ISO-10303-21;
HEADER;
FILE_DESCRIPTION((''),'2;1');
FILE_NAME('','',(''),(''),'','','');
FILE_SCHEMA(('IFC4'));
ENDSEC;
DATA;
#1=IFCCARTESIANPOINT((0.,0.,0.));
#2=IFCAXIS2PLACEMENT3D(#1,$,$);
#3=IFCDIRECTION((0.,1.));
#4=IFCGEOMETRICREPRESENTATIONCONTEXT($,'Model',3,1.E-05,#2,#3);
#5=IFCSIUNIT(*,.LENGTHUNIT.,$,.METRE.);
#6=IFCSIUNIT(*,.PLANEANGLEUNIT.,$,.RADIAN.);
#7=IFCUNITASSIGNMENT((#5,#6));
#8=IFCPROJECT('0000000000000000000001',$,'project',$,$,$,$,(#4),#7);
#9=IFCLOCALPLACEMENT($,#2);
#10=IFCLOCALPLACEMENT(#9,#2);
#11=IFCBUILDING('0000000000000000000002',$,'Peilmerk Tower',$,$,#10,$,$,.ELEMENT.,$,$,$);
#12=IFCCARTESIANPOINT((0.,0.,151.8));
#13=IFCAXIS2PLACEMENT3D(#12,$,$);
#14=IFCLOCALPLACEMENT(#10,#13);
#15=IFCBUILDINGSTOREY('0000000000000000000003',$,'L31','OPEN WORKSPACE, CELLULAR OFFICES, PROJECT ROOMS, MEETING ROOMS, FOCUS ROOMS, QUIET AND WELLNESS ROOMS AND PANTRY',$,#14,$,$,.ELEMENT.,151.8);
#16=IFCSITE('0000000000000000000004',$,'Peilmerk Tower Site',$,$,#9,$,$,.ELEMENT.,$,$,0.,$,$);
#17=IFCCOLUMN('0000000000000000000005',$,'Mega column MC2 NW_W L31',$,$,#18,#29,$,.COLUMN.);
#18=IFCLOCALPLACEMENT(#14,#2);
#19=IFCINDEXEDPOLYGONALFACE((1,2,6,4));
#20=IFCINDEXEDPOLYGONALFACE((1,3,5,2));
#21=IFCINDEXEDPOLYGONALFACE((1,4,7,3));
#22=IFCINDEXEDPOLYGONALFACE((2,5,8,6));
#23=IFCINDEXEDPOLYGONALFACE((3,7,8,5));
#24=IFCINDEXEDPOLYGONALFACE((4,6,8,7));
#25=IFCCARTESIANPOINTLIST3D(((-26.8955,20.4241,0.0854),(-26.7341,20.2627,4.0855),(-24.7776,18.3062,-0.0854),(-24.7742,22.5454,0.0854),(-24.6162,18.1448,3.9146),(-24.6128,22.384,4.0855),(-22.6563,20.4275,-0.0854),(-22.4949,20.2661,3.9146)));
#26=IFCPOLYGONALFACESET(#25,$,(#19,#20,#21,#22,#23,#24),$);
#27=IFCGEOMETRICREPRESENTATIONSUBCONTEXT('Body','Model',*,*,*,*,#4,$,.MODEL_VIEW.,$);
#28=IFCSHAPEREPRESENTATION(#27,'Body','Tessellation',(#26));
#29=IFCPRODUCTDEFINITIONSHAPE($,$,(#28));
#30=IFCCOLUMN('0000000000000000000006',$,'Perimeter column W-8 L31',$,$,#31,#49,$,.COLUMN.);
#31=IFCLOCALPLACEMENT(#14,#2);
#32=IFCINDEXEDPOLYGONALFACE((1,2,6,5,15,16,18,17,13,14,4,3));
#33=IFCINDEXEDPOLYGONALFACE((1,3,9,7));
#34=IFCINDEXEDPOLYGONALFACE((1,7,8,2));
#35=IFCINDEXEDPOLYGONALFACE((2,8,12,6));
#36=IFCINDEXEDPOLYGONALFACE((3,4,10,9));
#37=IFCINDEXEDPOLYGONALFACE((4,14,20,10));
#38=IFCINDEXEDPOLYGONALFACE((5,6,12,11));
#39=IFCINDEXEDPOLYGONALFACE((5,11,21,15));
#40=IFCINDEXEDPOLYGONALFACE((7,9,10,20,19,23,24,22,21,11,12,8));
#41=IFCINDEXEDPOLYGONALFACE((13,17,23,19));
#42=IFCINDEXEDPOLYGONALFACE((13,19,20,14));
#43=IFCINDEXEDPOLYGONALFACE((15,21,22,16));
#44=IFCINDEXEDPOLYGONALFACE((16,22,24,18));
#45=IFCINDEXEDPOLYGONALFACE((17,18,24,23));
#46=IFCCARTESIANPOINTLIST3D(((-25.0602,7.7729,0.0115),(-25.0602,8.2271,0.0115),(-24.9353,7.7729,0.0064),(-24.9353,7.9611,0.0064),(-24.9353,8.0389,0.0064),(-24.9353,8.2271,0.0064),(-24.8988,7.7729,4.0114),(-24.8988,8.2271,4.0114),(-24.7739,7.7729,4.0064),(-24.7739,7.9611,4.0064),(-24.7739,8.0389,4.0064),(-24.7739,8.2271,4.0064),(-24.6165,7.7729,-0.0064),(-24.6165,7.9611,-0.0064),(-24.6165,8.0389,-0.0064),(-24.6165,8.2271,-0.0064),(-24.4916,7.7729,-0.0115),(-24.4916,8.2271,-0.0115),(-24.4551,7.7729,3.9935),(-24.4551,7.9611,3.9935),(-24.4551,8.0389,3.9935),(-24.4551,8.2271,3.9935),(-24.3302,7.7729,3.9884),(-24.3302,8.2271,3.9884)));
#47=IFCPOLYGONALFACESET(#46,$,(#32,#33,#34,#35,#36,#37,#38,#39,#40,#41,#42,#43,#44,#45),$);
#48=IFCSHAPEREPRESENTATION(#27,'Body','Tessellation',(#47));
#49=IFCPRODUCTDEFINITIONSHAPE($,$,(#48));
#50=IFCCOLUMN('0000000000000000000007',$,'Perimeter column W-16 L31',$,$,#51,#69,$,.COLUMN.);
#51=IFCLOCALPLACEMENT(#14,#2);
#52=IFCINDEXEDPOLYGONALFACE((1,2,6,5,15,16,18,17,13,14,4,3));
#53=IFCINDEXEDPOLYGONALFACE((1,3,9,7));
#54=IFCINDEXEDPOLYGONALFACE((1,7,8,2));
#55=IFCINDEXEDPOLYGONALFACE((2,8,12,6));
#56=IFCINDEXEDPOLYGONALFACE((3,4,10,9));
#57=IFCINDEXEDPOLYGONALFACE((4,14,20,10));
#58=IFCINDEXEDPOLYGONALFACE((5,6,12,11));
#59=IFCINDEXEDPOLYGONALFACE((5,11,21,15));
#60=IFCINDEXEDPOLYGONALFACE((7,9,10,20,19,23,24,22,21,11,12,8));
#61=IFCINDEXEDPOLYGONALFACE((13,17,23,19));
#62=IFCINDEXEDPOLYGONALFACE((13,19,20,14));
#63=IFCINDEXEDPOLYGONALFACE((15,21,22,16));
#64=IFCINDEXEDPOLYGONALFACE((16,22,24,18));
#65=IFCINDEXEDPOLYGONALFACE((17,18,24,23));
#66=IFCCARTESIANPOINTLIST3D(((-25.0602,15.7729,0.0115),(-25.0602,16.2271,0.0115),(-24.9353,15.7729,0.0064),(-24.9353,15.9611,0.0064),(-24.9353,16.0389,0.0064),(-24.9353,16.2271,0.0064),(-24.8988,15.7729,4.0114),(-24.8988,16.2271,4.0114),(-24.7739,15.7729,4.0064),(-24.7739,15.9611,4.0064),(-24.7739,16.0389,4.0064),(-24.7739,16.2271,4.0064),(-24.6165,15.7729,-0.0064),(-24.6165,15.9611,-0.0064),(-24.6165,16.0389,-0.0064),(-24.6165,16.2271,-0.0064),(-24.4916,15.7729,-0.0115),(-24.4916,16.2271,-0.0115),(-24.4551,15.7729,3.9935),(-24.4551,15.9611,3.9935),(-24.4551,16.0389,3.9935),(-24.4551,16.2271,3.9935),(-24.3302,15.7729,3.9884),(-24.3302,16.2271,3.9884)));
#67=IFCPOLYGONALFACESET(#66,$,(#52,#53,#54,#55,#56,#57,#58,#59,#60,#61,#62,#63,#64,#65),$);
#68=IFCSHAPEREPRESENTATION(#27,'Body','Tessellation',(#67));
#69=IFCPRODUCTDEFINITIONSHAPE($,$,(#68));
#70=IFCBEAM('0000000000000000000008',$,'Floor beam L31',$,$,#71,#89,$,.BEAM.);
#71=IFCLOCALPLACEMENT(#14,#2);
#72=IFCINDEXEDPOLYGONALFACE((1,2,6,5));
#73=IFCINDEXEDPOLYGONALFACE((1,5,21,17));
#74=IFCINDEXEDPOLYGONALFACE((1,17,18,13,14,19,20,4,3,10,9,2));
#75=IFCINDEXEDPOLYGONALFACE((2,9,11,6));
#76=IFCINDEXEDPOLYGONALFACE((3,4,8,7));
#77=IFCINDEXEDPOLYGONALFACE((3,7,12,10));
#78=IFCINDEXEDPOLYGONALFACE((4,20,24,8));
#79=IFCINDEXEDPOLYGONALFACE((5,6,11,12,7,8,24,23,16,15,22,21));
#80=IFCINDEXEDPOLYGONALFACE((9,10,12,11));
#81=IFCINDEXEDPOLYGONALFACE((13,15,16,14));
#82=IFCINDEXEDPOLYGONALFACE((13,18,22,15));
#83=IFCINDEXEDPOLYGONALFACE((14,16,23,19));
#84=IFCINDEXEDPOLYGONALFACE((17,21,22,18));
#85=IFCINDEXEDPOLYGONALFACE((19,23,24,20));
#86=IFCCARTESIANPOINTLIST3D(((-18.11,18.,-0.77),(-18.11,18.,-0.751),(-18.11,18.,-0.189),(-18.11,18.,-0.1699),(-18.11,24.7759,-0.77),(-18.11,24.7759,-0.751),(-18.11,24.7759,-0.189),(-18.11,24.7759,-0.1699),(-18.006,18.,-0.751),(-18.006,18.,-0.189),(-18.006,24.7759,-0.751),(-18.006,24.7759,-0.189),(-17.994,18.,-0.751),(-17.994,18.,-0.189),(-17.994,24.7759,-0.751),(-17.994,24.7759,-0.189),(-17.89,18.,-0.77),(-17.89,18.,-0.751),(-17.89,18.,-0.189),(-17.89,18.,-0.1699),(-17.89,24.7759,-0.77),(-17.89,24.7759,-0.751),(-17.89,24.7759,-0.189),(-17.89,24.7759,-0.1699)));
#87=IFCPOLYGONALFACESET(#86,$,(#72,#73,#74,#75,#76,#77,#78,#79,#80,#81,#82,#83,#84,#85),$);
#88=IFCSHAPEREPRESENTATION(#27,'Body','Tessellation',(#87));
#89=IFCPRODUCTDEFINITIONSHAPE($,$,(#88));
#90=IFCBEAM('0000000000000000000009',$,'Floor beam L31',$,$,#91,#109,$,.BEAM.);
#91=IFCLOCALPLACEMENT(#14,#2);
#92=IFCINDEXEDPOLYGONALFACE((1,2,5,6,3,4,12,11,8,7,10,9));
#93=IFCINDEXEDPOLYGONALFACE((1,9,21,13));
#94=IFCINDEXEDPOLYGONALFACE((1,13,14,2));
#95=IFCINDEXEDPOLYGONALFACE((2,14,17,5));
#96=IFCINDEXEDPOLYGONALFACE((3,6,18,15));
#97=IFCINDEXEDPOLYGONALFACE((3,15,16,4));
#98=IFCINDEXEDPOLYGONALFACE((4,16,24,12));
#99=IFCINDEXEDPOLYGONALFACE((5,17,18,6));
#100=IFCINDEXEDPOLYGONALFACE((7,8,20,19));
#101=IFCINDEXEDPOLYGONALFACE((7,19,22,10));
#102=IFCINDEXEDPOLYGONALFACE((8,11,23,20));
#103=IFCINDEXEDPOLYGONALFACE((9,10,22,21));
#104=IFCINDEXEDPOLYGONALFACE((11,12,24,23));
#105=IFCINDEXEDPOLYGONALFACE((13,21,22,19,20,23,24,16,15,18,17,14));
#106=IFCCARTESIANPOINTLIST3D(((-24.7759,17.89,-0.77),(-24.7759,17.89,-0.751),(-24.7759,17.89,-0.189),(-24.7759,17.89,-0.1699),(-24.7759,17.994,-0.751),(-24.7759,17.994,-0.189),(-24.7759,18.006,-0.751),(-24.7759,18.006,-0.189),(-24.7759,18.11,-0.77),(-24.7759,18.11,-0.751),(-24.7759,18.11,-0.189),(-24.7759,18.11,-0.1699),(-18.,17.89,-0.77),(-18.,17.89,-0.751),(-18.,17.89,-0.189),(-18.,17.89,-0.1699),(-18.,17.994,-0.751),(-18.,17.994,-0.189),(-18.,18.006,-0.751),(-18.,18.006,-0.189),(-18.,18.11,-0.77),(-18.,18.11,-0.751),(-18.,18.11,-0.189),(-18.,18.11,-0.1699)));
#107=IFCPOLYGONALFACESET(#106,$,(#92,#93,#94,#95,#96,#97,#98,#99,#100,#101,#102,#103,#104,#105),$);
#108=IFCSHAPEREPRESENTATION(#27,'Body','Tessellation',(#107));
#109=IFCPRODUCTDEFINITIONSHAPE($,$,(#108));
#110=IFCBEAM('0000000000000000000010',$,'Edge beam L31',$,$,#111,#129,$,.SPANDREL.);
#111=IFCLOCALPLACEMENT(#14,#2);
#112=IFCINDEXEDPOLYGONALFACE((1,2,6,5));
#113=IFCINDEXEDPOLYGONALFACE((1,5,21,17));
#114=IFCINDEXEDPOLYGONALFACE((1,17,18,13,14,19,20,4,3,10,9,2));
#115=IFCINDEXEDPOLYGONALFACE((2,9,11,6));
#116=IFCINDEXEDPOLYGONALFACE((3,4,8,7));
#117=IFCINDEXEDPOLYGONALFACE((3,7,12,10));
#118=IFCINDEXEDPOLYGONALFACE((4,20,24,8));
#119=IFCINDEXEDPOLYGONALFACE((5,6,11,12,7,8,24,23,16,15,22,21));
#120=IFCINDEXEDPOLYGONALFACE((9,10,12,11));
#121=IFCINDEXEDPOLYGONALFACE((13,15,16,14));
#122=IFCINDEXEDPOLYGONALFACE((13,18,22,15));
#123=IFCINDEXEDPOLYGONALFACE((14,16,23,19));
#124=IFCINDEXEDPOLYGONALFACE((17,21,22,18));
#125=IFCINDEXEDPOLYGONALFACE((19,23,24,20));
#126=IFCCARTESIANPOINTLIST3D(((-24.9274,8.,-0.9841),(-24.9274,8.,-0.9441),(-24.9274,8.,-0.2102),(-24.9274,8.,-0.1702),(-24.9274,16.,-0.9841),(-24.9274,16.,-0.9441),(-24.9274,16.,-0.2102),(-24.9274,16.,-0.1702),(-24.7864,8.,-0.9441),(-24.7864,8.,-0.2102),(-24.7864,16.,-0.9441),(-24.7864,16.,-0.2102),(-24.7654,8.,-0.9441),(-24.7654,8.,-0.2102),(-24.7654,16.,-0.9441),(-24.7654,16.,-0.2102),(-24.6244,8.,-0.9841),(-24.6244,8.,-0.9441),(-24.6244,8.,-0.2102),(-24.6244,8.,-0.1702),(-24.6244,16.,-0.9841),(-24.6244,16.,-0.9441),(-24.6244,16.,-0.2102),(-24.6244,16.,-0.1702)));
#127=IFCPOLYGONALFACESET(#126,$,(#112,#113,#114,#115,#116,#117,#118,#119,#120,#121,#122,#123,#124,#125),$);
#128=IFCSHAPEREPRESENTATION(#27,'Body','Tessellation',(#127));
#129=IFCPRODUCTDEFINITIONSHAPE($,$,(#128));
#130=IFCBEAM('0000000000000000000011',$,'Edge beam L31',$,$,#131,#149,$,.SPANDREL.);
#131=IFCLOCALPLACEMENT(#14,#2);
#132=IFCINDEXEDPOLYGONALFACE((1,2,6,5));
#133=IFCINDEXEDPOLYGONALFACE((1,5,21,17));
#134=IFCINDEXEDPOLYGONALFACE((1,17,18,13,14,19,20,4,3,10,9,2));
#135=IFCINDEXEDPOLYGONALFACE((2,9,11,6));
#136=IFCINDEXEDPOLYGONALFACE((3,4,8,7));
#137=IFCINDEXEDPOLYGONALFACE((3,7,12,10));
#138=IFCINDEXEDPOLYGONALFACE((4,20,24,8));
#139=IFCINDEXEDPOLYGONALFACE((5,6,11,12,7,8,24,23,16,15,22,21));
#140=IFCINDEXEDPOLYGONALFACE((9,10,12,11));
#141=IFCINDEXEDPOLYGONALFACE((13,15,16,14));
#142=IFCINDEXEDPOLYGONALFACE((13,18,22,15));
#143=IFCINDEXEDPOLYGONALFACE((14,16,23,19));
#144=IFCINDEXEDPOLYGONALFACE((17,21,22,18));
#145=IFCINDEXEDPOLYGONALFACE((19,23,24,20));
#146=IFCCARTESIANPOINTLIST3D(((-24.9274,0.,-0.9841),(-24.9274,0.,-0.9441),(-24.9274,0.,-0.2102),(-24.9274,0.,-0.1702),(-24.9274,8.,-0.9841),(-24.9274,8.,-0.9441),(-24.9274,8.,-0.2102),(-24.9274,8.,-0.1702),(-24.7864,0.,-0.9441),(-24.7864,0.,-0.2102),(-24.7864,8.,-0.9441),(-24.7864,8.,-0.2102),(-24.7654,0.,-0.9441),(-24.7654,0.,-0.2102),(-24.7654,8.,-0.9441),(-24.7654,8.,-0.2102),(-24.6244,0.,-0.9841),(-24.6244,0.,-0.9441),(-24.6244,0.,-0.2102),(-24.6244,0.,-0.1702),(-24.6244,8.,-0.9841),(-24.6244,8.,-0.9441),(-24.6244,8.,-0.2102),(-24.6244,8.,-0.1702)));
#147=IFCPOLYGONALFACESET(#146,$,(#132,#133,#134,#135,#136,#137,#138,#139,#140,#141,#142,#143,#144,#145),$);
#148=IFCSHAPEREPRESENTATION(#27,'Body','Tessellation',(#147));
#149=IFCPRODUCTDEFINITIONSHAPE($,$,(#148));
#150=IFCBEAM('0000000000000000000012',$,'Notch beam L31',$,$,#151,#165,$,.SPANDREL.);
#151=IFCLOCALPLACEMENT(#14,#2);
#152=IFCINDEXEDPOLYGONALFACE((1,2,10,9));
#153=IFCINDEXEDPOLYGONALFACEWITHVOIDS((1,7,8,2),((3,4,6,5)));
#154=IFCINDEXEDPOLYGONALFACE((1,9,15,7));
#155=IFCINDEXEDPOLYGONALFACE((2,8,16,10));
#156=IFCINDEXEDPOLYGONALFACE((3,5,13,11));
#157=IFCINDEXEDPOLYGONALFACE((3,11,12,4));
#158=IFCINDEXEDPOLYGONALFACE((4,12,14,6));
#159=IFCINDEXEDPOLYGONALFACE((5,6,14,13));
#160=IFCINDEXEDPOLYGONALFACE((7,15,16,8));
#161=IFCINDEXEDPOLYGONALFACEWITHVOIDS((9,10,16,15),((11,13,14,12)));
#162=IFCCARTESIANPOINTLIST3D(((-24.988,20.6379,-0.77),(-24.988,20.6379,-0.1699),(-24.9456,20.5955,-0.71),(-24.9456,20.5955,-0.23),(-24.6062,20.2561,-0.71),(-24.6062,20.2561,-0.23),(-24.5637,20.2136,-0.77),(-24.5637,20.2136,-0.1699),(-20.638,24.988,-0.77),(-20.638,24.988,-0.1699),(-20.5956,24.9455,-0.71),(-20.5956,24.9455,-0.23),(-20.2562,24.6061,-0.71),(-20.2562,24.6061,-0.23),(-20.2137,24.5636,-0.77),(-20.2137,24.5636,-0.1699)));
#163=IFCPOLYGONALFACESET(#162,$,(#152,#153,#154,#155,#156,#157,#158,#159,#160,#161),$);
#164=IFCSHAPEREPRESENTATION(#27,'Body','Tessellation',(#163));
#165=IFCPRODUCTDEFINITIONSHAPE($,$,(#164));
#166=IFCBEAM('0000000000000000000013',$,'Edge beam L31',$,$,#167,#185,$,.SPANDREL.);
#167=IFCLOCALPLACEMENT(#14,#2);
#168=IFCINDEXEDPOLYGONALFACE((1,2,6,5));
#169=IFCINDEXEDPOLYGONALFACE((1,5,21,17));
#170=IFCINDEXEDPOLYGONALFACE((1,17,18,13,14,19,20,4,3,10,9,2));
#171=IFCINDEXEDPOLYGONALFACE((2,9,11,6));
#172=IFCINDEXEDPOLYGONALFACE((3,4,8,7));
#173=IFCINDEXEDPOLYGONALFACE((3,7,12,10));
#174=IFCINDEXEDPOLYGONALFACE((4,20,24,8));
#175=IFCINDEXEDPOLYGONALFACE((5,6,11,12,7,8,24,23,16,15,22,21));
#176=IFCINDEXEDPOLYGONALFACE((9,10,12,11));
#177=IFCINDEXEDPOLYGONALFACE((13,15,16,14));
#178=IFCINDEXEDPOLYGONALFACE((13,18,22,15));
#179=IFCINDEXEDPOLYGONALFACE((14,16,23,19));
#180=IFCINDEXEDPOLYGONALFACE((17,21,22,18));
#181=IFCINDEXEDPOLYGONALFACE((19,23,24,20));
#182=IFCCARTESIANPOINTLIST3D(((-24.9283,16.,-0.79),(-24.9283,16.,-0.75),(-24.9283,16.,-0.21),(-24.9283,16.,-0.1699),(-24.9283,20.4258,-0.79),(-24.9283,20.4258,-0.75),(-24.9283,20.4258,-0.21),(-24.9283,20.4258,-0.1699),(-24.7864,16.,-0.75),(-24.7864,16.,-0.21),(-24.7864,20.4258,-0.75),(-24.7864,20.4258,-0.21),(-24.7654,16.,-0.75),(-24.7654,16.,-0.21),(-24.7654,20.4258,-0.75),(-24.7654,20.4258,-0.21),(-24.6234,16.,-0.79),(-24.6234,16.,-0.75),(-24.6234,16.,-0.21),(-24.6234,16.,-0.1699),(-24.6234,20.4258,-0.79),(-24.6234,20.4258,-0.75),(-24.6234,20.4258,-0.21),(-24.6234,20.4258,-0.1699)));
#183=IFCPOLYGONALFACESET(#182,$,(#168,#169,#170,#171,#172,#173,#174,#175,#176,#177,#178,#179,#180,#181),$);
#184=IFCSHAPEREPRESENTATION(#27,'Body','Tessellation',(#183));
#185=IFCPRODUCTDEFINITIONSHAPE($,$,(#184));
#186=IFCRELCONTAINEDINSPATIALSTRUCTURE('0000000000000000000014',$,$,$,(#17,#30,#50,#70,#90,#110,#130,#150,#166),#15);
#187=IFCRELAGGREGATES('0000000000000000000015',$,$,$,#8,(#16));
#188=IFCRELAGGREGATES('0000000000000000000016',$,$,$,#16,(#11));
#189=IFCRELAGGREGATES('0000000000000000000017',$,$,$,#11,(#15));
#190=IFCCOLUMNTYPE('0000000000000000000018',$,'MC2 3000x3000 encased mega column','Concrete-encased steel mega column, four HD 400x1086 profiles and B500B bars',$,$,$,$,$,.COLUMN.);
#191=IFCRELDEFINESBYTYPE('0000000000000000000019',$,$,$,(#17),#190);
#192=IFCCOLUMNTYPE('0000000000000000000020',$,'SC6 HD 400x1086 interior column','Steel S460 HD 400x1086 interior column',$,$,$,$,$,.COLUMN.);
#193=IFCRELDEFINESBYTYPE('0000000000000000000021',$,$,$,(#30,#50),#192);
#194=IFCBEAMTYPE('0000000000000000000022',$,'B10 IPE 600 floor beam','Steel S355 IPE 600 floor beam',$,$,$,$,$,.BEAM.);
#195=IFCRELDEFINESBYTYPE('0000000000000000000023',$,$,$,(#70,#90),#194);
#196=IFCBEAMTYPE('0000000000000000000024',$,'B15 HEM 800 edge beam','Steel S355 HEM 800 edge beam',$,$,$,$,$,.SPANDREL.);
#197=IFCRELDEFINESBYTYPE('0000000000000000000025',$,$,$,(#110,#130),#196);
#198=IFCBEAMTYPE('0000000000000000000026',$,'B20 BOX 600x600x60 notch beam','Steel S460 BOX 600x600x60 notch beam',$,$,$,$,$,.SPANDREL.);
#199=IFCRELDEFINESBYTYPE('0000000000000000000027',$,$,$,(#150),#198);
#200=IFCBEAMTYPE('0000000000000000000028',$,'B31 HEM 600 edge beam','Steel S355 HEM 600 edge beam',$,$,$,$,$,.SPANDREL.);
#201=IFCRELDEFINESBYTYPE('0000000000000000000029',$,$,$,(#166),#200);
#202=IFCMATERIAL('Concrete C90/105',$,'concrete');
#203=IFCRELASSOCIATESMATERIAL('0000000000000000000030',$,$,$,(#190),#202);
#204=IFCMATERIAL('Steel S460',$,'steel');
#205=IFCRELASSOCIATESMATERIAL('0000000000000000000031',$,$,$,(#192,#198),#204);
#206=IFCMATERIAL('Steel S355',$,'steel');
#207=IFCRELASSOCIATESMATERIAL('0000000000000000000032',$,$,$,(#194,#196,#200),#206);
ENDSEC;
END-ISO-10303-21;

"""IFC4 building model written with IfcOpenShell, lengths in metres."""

from ifc_helpers import new_model, si_unit, direction, frame, origin, origin_2d, place, context, subcontext, project, spatial, rectangle, hollow_rectangle, i_section, extrude, material, material_profile, profile_set, type_object, element, save


model = new_model("IFC4")

# Units and contexts
model_context = context("Model", 3, precision=1e-05, world=origin(), true_north=direction((0.0, 1.0)))
body_context = subcontext(model_context, "Body", "Model", "MODEL_VIEW")
ifc_project = project(units=[si_unit("LENGTHUNIT", "METRE"), si_unit("PLANEANGLEUNIT", "RADIAN")], contexts=[model_context])

# Site, building, storey
site_placement = place(None, origin())
site = spatial("IfcSite", under=ifc_project, at=site_placement, Name="Peilmerk Tower Site", CompositionType="ELEMENT", RefElevation=0.0)
building_placement = place(site_placement, origin())
building = spatial("IfcBuilding", under=site, at=building_placement, Name="Peilmerk Tower", CompositionType="ELEMENT")
storey_placement = place(building_placement, frame((0.0, 0.0, 151.8)))
storey = spatial("IfcBuildingStorey", under=building, at=storey_placement, Name="L31", Description="OPEN WORKSPACE, CELLULAR OFFICES, PROJECT ROOMS, MEETING ROOMS, FOCUS ROOMS, QUIET AND WELLNESS ROOMS AND PANTRY", CompositionType="ELEMENT", Elevation=151.8)

# Columns
ifc_material_1 = material(Name="Concrete C90/105", Category="concrete")
ifc_material_profile_1 = material_profile(ifc_material_1, rectangle(XDim=3.0, YDim=3.0, at=origin_2d()), Name="RC 3000x3000")
ifc_profile_set_1 = profile_set([ifc_material_profile_1], Name="Concrete C90/105")
column_type_1 = type_object("IfcColumnType", Name="MC2 3000x3000 encased mega column", Description="Concrete-encased steel mega column, four HD 400x1086 profiles and B500B bars", PredefinedType="COLUMN", material=ifc_profile_set_1)
column_placement = place(storey_placement, frame((-24.7759, 20.4258, 0.0), z_axis=(0.040279, -0.040279, 0.998376), x_axis=(0.707107, 0.707107, 0.0)))
element("IfcColumn", 1, at=column_placement, inside=storey, type_object=column_type_1, Name="Mega column MC2 NW_W L31", PredefinedType="COLUMN", context=body_context, shape_type="SweptSolid", body=[
    extrude(rectangle(XDim=3.0, YDim=3.0, at=origin_2d()), origin(), (0.0, 0.0, 1.0), 4.0066),
])
ifc_material_2 = material(Name="Steel S460", Category="steel")
ifc_material_profile_2 = material_profile(ifc_material_2, i_section(OverallWidth=0.4541, OverallDepth=0.5691, WebThickness=0.0779, FlangeThickness=0.125, at=origin_2d()), Name="HD 400x1086")
ifc_profile_set_2 = profile_set([ifc_material_profile_2], Name="Steel S460")
column_type_2 = type_object("IfcColumnType", Name="SC6 HD 400x1086 interior column", Description="Steel S460 HD 400x1086 interior column", PredefinedType="COLUMN", material=ifc_profile_set_2)
for number, where, z_axis, x_axis, name in (
    (2, (-24.7759, 8.0, 0.0), (0.040311, 0.0, 0.999187), (0.0, 1.0, 0.0), "Perimeter column W-8 L31"),
    (3, (-24.7759, 16.0, 0.0), (0.040311, 0.0, 0.999187), (0.0, 1.0, 0.0), "Perimeter column W-16 L31"),
):
    element("IfcColumn", number, at=place(storey_placement, frame(where, z_axis=z_axis, x_axis=x_axis)), inside=storey, type_object=column_type_2, Name=name, PredefinedType="COLUMN", context=body_context, shape_type="SweptSolid", body=[
        extrude(i_section(OverallWidth=0.4541, OverallDepth=0.5691, WebThickness=0.0779, FlangeThickness=0.125, at=origin_2d()), origin(), (0.0, 0.0, 1.0), 4.0032),
    ])

# Beams
ifc_material_3 = material(Name="Steel S355", Category="steel")
ifc_material_profile_3 = material_profile(ifc_material_3, i_section(OverallWidth=0.22, OverallDepth=0.6001, WebThickness=0.012, FlangeThickness=0.019, at=origin_2d()), Name="IPE 600")
ifc_profile_set_3 = profile_set([ifc_material_profile_3], Name="Steel S355")
beam_type_1 = type_object("IfcBeamType", Name="B10 IPE 600 floor beam", Description="Steel S355 IPE 600 floor beam", PredefinedType="BEAM", material=ifc_profile_set_3)
for number, where, z_axis, x_axis, name in (
    (4, (-18.0, 18.0, -0.47), (0.0, 1.0, 0.0), (-1.0, 0.0, 0.0), "Floor beam L31"),
    (5, (-18.0, 18.0, -0.47), (-1.0, 0.0, 0.0), (0.0, -1.0, 0.0), "Floor beam L31"),
):
    element("IfcBeam", number, at=place(storey_placement, frame(where, z_axis=z_axis, x_axis=x_axis)), inside=storey, type_object=beam_type_1, Name=name, PredefinedType="BEAM", context=body_context, shape_type="SweptSolid", body=[
        extrude(i_section(OverallWidth=0.22, OverallDepth=0.6001, WebThickness=0.012, FlangeThickness=0.019, at=origin_2d()), origin(), (0.0, 0.0, 1.0), 6.7759),
    ])
ifc_material_profile_4 = material_profile(ifc_material_3, i_section(OverallWidth=0.303, OverallDepth=0.814, WebThickness=0.021, FlangeThickness=0.04, at=origin_2d()), Name="HEM 800")
ifc_profile_set_4 = profile_set([ifc_material_profile_4], Name="Steel S355")
beam_type_2 = type_object("IfcBeamType", Name="B15 HEM 800 edge beam", Description="Steel S355 HEM 800 edge beam", PredefinedType="SPANDREL", material=ifc_profile_set_4)
for number, where, z_axis, x_axis, name in (
    (6, (-24.7759, 16.0, -0.5771), (0.0, -1.0, 0.0), (1.0, 0.0, 0.0), "Edge beam L31"),
    (7, (-24.7759, 8.0, -0.5771), (0.0, -1.0, 0.0), (1.0, 0.0, 0.0), "Edge beam L31"),
):
    element("IfcBeam", number, at=place(storey_placement, frame(where, z_axis=z_axis, x_axis=x_axis)), inside=storey, type_object=beam_type_2, Name=name, PredefinedType="SPANDREL", context=body_context, shape_type="SweptSolid", body=[
        extrude(i_section(OverallWidth=0.303, OverallDepth=0.814, WebThickness=0.021, FlangeThickness=0.04, at=origin_2d()), origin(), (0.0, 0.0, 1.0), 8.0),
    ])
ifc_material_profile_5 = material_profile(ifc_material_2, hollow_rectangle(XDim=0.6001, YDim=0.6001, WallThickness=0.0601, at=origin_2d()), Name="BOX 600x600x60")
ifc_profile_set_5 = profile_set([ifc_material_profile_5], Name="Steel S460")
beam_type_3 = type_object("IfcBeamType", Name="B20 BOX 600x600x60 notch beam", Description="Steel S460 BOX 600x600x60 notch beam", PredefinedType="SPANDREL", material=ifc_profile_set_5)
beam_1_placement = place(storey_placement, frame((-24.7759, 20.4258, -0.47), z_axis=(0.707107, 0.707107, 0.0), x_axis=(-0.707107, 0.707107, 0.0)))
element("IfcBeam", 8, at=beam_1_placement, inside=storey, type_object=beam_type_3, Name="Notch beam L31", PredefinedType="SPANDREL", context=body_context, shape_type="SweptSolid", body=[
    extrude(hollow_rectangle(XDim=0.6001, YDim=0.6001, WallThickness=0.0601, at=origin_2d()), origin(), (0.0, 0.0, 1.0), 6.1519),
])
ifc_material_profile_6 = material_profile(ifc_material_3, i_section(OverallWidth=0.3049, OverallDepth=0.6201, WebThickness=0.021, FlangeThickness=0.04, at=origin_2d()), Name="HEM 600")
ifc_profile_set_6 = profile_set([ifc_material_profile_6], Name="Steel S355")
beam_type_4 = type_object("IfcBeamType", Name="B31 HEM 600 edge beam", Description="Steel S355 HEM 600 edge beam", PredefinedType="SPANDREL", material=ifc_profile_set_6)
beam_2_placement = place(storey_placement, frame((-24.7759, 20.4258, -0.48), z_axis=(0.0, -1.0, 0.0), x_axis=(1.0, 0.0, 0.0)))
element("IfcBeam", 9, at=beam_2_placement, inside=storey, type_object=beam_type_4, Name="Edge beam L31", PredefinedType="SPANDREL", context=body_context, shape_type="SweptSolid", body=[
    extrude(i_section(OverallWidth=0.3049, OverallDepth=0.6201, WebThickness=0.021, FlangeThickness=0.04, at=origin_2d()), origin(), (0.0, 0.0, 1.0), 4.4258),
])

save(model, "model.ifc")
